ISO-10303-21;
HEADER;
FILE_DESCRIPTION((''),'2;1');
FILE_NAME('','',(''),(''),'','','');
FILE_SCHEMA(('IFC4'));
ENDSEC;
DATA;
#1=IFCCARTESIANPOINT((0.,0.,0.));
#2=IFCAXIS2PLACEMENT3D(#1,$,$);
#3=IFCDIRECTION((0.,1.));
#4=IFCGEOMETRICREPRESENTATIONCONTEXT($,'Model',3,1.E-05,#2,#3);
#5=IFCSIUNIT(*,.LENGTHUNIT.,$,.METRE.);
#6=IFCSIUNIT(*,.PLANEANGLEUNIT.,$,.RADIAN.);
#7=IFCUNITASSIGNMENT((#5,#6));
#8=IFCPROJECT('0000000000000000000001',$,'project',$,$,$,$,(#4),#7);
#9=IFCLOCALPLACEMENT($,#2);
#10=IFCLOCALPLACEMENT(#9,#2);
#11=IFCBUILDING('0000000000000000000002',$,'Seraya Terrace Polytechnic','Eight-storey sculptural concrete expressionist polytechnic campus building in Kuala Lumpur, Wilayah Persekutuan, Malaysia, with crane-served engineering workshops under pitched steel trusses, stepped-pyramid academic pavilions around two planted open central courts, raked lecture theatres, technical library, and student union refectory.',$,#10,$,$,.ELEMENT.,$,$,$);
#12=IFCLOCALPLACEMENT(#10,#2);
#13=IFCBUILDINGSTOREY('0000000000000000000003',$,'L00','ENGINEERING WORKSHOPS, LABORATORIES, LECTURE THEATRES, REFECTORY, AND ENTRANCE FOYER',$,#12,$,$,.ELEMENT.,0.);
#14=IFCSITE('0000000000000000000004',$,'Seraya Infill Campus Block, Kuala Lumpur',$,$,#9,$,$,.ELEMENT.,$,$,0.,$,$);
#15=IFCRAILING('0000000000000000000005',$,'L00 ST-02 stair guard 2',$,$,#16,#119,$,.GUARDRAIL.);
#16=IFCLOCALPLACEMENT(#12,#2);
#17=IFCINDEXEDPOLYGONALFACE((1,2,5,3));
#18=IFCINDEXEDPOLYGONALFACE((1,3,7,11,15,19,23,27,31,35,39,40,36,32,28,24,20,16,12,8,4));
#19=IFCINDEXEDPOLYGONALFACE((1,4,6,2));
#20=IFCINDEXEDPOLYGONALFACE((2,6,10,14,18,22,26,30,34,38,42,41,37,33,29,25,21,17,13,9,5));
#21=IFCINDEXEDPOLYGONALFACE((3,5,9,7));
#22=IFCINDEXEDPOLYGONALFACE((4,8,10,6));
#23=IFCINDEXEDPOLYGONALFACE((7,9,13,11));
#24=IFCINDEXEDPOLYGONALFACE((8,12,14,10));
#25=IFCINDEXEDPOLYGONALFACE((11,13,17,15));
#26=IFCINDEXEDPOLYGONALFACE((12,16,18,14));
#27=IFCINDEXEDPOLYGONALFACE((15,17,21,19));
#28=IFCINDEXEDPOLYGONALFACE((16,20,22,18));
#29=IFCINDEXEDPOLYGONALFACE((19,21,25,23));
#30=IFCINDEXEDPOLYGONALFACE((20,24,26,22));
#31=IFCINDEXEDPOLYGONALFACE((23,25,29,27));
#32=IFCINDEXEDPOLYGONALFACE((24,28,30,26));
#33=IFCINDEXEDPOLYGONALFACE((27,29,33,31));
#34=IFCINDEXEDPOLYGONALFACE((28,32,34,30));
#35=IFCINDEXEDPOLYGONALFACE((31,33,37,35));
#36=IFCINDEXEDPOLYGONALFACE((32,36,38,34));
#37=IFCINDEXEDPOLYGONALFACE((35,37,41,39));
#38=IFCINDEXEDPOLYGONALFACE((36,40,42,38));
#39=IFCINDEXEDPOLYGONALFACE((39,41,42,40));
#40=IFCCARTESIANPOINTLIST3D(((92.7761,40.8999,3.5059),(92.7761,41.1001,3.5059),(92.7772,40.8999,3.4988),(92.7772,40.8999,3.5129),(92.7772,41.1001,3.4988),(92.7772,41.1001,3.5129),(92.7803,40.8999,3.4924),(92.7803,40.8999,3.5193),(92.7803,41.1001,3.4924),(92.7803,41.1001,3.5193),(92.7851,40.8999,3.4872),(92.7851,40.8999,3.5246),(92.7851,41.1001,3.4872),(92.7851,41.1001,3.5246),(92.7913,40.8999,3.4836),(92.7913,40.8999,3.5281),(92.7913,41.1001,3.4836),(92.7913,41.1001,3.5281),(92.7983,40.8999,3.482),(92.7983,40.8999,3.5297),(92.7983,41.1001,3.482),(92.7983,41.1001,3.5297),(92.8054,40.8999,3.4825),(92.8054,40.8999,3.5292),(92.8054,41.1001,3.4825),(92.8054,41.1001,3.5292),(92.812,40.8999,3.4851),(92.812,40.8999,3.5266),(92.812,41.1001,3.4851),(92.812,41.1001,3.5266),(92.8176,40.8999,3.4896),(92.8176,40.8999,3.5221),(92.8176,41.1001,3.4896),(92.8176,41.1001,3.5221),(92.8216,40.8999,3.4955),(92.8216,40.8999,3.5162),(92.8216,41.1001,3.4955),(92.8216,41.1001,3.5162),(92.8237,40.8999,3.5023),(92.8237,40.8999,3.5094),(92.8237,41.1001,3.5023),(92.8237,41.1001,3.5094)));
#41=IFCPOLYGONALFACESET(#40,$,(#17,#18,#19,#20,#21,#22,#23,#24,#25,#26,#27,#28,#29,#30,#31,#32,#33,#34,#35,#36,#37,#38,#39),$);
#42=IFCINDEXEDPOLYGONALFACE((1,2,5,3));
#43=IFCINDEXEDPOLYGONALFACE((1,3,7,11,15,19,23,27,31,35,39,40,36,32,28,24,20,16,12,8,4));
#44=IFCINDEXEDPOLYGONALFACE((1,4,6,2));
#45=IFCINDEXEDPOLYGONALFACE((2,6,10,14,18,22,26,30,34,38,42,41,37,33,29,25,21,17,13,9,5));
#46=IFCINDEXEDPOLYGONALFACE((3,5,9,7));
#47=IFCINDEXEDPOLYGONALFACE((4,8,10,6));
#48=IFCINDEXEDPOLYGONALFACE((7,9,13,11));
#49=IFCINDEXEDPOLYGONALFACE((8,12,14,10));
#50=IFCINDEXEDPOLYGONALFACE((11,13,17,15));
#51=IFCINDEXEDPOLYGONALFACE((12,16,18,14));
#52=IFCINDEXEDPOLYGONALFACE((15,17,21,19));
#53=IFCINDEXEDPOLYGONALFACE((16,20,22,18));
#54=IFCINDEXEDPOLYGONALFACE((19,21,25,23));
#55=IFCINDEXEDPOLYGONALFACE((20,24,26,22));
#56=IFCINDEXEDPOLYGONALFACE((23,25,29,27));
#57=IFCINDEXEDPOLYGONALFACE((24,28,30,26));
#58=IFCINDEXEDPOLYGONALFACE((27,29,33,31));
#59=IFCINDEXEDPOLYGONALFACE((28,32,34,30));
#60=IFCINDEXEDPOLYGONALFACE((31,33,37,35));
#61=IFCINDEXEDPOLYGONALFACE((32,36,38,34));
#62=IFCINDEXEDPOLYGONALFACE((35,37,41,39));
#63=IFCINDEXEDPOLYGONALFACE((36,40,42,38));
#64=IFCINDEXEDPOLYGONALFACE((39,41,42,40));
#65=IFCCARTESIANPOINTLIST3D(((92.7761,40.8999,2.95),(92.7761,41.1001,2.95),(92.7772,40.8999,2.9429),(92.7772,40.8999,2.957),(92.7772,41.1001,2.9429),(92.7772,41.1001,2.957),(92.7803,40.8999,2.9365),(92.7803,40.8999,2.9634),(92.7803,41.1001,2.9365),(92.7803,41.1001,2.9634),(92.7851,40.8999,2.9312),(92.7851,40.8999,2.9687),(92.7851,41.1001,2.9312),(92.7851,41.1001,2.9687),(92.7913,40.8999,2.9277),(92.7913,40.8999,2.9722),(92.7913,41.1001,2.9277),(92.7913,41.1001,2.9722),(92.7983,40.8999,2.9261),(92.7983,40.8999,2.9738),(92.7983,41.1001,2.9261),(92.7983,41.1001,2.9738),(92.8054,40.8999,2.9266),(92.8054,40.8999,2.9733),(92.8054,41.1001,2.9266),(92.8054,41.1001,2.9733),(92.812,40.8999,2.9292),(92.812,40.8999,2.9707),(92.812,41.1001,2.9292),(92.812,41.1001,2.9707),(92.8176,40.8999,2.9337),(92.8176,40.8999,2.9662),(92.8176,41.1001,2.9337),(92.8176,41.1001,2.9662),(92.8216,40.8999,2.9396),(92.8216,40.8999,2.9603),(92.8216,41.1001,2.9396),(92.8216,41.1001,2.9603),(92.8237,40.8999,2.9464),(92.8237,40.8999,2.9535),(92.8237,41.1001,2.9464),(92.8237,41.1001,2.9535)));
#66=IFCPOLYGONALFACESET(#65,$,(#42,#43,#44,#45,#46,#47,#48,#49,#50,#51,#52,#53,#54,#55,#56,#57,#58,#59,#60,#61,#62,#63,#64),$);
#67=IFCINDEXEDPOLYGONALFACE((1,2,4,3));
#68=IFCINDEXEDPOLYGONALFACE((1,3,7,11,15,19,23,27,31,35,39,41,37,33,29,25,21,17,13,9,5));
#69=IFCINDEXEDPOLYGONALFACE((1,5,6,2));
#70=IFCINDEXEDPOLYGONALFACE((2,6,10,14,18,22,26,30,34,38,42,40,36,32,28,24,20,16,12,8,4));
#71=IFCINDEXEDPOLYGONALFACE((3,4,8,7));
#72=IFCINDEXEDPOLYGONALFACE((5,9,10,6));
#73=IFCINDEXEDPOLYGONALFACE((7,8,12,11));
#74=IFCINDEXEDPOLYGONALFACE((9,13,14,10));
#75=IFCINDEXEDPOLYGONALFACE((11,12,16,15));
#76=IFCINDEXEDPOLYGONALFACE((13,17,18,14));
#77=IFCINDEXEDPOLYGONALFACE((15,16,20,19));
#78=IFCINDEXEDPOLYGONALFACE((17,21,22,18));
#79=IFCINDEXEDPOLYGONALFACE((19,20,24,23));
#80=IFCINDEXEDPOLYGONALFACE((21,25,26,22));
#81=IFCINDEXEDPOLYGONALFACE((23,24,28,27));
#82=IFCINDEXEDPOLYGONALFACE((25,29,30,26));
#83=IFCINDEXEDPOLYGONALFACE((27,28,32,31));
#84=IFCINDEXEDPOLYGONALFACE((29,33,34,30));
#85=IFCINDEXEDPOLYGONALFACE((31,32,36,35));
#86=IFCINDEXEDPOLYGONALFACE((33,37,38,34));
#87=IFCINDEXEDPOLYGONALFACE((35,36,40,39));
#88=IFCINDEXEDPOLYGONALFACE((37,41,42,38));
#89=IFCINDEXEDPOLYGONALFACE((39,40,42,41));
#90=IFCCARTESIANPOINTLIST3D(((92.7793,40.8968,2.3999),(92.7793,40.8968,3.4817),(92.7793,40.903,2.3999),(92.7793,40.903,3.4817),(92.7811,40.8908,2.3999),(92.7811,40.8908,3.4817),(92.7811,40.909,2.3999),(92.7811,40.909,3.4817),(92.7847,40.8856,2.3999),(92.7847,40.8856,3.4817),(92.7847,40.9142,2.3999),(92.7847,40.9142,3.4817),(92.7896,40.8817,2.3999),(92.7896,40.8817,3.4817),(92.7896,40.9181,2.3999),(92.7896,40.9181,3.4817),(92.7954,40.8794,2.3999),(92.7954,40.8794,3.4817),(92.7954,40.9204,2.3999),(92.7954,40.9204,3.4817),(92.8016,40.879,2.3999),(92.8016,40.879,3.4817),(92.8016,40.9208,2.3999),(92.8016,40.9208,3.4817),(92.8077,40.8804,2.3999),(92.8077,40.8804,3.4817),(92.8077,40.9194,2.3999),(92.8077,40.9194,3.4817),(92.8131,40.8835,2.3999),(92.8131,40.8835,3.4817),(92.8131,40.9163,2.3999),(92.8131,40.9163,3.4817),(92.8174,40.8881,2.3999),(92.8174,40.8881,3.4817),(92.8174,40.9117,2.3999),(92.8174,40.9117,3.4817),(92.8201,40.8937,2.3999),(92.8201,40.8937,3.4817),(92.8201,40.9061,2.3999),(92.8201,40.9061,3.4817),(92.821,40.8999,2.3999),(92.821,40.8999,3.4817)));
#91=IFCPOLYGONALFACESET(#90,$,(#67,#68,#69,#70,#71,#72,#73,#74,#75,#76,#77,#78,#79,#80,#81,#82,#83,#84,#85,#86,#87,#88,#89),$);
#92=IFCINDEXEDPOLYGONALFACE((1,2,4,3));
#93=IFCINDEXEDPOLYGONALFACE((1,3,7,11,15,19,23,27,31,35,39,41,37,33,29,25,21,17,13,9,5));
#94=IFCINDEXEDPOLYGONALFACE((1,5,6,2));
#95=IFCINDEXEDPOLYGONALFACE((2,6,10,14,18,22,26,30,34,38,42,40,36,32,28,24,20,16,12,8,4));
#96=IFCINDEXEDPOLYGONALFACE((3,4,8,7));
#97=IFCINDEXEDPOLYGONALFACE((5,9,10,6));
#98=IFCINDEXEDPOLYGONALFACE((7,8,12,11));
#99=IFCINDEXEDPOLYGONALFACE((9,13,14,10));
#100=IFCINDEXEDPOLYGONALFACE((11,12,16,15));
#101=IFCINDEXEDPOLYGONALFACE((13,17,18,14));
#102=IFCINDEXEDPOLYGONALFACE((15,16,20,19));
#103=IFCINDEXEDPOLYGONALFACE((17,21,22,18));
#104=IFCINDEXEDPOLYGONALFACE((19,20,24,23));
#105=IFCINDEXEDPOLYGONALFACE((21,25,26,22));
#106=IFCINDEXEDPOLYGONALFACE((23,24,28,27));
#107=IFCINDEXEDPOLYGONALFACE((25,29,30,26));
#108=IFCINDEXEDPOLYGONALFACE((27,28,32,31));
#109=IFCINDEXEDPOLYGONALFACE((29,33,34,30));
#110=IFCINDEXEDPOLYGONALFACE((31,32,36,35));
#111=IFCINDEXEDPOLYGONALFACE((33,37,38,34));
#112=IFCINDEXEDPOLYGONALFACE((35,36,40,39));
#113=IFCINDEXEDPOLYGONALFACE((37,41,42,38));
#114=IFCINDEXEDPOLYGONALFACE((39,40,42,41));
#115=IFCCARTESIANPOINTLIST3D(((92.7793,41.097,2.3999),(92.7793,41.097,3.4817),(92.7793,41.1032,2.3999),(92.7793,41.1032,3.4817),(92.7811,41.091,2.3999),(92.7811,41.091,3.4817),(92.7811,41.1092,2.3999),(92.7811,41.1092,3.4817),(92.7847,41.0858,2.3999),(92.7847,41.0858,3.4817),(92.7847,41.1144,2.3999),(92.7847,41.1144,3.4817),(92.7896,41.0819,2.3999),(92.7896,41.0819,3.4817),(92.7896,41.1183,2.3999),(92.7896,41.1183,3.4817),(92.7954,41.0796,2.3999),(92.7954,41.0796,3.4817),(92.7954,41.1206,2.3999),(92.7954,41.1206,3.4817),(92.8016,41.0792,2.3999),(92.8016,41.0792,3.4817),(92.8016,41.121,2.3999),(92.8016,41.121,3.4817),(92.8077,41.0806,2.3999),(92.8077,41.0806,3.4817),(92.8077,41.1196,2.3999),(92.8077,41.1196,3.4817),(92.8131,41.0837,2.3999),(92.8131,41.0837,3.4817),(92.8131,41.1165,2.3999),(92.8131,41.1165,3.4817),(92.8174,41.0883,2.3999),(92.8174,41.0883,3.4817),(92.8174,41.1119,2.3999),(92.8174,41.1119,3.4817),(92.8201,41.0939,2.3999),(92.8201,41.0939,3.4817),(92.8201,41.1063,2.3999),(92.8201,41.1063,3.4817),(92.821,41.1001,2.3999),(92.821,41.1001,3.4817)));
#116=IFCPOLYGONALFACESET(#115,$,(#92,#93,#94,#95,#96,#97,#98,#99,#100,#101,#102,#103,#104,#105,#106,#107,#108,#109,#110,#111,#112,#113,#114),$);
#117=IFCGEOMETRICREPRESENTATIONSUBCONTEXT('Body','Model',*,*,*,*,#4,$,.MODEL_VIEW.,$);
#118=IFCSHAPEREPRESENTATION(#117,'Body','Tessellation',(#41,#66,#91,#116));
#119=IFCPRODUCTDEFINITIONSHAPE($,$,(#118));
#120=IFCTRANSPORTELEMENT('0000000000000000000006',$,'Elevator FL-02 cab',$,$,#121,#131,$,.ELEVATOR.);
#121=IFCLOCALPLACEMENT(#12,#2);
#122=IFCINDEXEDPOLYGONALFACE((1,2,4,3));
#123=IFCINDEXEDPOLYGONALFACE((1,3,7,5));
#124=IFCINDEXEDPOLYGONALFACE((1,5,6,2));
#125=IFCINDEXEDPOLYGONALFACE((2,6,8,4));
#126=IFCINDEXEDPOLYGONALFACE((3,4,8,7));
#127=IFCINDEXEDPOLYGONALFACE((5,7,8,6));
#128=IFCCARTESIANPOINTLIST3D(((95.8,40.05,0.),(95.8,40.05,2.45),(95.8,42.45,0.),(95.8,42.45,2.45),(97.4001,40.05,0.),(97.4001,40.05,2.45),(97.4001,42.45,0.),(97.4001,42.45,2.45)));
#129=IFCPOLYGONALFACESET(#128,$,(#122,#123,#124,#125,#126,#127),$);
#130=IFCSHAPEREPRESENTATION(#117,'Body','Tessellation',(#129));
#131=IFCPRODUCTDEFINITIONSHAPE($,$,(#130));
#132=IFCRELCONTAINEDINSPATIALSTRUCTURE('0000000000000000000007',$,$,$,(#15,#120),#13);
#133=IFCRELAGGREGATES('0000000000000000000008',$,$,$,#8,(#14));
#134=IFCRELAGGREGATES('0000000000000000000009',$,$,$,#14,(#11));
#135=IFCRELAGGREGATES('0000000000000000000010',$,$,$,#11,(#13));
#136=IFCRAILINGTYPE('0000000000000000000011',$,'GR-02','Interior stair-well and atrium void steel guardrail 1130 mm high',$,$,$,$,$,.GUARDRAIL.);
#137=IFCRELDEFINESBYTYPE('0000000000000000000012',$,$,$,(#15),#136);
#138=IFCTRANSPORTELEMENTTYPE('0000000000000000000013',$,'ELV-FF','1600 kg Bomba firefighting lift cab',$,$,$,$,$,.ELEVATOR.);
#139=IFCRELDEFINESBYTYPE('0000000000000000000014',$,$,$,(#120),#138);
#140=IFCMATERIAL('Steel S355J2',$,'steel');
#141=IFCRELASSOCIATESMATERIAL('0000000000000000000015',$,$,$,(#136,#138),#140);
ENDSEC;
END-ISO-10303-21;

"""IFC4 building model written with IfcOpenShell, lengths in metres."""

from ifc_helpers import new_model, si_unit, direction, frame, origin, origin_2d, place, context, subcontext, project, spatial, rectangle, circle, extrude, material, type_object, element, save


model = new_model("IFC4")

# Units and contexts
model_context = context("Model", 3, precision=1e-05, world=origin(), true_north=direction((0.0, 1.0)))
body_context = subcontext(model_context, "Body", "Model", "MODEL_VIEW")
ifc_project = project(units=[si_unit("LENGTHUNIT", "METRE"), si_unit("PLANEANGLEUNIT", "RADIAN")], contexts=[model_context])

# Site, building, storey
site_placement = place(None, origin())
site = spatial("IfcSite", under=ifc_project, at=site_placement, Name="Seraya Infill Campus Block, Kuala Lumpur", CompositionType="ELEMENT", RefElevation=0.0)
building_placement = place(site_placement, origin())
building = spatial("IfcBuilding", under=site, at=building_placement, Name="Seraya Terrace Polytechnic", Description="Eight-storey sculptural concrete expressionist polytechnic campus building in Kuala Lumpur, Wilayah Persekutuan, Malaysia, with crane-served engineering workshops under pitched steel trusses, stepped-pyramid academic pavilions around two planted open central courts, raked lecture theatres, technical library, and student union refectory.", CompositionType="ELEMENT")
storey_placement = place(building_placement, origin())
storey = spatial("IfcBuildingStorey", under=building, at=storey_placement, Name="L00", Description="ENGINEERING WORKSHOPS, LABORATORIES, LECTURE THEATRES, REFECTORY, AND ENTRANCE FOYER", CompositionType="ELEMENT", Elevation=0.0)

# Shared definitions
ifc_material_1 = material(Name="Steel S355J2", Category="steel")

# Railing
railing_type = type_object("IfcRailingType", Name="GR-02", Description="Interior stair-well and atrium void steel guardrail 1130 mm high", PredefinedType="GUARDRAIL", material=ifc_material_1)
railing_placement = place(storey_placement, frame((92.8, 40.8999, 2.3999)))
element("IfcRailing", 1, at=railing_placement, inside=storey, type_object=railing_type, Name="L00 ST-02 stair guard 2", PredefinedType="GUARDRAIL", context=body_context, shape_type="SweptSolid", body=[
    extrude(circle(Radius=0.0239, at=origin_2d()), frame((0.0, 0.0, 1.106), z_axis=(0.0, 1.0, 0.0), x_axis=(-1.0, 0.0, 0.0)), (0.0, 0.0, 1.0), 0.2002),
    extrude(circle(Radius=0.0239, at=origin_2d()), frame((0.0, 0.0, 0.55), z_axis=(0.0, 1.0, 0.0), x_axis=(-1.0, 0.0, 0.0)), (0.0, 0.0, 1.0), 0.2002),
    extrude(circle(Radius=0.021, at=origin_2d()), origin(), (0.0, 0.0, 1.0), 1.0818),
    extrude(circle(Radius=0.021, at=origin_2d()), frame((0.0, 0.2002, 0.0)), (0.0, 0.0, 1.0), 1.0818),
])

# Transport element
transport_element_type = type_object("IfcTransportElementType", Name="ELV-FF", Description="1600 kg Bomba firefighting lift cab", PredefinedType="ELEVATOR", material=ifc_material_1)
transport_element_placement = place(storey_placement, frame((96.6001, 41.25, 0.0), z_axis=(0.0, 0.0, 1.0), x_axis=(1.0, 0.0, 0.0)))
element("IfcTransportElement", 2, at=transport_element_placement, inside=storey, type_object=transport_element_type, Name="Elevator FL-02 cab", PredefinedType="ELEVATOR", context=body_context, shape_type="SweptSolid", body=[
    extrude(rectangle(XDim=1.6001, YDim=2.3999, at=origin_2d()), origin(), (0.0, 0.0, 1.0), 2.45),
])

save(model, "model.ifc")
